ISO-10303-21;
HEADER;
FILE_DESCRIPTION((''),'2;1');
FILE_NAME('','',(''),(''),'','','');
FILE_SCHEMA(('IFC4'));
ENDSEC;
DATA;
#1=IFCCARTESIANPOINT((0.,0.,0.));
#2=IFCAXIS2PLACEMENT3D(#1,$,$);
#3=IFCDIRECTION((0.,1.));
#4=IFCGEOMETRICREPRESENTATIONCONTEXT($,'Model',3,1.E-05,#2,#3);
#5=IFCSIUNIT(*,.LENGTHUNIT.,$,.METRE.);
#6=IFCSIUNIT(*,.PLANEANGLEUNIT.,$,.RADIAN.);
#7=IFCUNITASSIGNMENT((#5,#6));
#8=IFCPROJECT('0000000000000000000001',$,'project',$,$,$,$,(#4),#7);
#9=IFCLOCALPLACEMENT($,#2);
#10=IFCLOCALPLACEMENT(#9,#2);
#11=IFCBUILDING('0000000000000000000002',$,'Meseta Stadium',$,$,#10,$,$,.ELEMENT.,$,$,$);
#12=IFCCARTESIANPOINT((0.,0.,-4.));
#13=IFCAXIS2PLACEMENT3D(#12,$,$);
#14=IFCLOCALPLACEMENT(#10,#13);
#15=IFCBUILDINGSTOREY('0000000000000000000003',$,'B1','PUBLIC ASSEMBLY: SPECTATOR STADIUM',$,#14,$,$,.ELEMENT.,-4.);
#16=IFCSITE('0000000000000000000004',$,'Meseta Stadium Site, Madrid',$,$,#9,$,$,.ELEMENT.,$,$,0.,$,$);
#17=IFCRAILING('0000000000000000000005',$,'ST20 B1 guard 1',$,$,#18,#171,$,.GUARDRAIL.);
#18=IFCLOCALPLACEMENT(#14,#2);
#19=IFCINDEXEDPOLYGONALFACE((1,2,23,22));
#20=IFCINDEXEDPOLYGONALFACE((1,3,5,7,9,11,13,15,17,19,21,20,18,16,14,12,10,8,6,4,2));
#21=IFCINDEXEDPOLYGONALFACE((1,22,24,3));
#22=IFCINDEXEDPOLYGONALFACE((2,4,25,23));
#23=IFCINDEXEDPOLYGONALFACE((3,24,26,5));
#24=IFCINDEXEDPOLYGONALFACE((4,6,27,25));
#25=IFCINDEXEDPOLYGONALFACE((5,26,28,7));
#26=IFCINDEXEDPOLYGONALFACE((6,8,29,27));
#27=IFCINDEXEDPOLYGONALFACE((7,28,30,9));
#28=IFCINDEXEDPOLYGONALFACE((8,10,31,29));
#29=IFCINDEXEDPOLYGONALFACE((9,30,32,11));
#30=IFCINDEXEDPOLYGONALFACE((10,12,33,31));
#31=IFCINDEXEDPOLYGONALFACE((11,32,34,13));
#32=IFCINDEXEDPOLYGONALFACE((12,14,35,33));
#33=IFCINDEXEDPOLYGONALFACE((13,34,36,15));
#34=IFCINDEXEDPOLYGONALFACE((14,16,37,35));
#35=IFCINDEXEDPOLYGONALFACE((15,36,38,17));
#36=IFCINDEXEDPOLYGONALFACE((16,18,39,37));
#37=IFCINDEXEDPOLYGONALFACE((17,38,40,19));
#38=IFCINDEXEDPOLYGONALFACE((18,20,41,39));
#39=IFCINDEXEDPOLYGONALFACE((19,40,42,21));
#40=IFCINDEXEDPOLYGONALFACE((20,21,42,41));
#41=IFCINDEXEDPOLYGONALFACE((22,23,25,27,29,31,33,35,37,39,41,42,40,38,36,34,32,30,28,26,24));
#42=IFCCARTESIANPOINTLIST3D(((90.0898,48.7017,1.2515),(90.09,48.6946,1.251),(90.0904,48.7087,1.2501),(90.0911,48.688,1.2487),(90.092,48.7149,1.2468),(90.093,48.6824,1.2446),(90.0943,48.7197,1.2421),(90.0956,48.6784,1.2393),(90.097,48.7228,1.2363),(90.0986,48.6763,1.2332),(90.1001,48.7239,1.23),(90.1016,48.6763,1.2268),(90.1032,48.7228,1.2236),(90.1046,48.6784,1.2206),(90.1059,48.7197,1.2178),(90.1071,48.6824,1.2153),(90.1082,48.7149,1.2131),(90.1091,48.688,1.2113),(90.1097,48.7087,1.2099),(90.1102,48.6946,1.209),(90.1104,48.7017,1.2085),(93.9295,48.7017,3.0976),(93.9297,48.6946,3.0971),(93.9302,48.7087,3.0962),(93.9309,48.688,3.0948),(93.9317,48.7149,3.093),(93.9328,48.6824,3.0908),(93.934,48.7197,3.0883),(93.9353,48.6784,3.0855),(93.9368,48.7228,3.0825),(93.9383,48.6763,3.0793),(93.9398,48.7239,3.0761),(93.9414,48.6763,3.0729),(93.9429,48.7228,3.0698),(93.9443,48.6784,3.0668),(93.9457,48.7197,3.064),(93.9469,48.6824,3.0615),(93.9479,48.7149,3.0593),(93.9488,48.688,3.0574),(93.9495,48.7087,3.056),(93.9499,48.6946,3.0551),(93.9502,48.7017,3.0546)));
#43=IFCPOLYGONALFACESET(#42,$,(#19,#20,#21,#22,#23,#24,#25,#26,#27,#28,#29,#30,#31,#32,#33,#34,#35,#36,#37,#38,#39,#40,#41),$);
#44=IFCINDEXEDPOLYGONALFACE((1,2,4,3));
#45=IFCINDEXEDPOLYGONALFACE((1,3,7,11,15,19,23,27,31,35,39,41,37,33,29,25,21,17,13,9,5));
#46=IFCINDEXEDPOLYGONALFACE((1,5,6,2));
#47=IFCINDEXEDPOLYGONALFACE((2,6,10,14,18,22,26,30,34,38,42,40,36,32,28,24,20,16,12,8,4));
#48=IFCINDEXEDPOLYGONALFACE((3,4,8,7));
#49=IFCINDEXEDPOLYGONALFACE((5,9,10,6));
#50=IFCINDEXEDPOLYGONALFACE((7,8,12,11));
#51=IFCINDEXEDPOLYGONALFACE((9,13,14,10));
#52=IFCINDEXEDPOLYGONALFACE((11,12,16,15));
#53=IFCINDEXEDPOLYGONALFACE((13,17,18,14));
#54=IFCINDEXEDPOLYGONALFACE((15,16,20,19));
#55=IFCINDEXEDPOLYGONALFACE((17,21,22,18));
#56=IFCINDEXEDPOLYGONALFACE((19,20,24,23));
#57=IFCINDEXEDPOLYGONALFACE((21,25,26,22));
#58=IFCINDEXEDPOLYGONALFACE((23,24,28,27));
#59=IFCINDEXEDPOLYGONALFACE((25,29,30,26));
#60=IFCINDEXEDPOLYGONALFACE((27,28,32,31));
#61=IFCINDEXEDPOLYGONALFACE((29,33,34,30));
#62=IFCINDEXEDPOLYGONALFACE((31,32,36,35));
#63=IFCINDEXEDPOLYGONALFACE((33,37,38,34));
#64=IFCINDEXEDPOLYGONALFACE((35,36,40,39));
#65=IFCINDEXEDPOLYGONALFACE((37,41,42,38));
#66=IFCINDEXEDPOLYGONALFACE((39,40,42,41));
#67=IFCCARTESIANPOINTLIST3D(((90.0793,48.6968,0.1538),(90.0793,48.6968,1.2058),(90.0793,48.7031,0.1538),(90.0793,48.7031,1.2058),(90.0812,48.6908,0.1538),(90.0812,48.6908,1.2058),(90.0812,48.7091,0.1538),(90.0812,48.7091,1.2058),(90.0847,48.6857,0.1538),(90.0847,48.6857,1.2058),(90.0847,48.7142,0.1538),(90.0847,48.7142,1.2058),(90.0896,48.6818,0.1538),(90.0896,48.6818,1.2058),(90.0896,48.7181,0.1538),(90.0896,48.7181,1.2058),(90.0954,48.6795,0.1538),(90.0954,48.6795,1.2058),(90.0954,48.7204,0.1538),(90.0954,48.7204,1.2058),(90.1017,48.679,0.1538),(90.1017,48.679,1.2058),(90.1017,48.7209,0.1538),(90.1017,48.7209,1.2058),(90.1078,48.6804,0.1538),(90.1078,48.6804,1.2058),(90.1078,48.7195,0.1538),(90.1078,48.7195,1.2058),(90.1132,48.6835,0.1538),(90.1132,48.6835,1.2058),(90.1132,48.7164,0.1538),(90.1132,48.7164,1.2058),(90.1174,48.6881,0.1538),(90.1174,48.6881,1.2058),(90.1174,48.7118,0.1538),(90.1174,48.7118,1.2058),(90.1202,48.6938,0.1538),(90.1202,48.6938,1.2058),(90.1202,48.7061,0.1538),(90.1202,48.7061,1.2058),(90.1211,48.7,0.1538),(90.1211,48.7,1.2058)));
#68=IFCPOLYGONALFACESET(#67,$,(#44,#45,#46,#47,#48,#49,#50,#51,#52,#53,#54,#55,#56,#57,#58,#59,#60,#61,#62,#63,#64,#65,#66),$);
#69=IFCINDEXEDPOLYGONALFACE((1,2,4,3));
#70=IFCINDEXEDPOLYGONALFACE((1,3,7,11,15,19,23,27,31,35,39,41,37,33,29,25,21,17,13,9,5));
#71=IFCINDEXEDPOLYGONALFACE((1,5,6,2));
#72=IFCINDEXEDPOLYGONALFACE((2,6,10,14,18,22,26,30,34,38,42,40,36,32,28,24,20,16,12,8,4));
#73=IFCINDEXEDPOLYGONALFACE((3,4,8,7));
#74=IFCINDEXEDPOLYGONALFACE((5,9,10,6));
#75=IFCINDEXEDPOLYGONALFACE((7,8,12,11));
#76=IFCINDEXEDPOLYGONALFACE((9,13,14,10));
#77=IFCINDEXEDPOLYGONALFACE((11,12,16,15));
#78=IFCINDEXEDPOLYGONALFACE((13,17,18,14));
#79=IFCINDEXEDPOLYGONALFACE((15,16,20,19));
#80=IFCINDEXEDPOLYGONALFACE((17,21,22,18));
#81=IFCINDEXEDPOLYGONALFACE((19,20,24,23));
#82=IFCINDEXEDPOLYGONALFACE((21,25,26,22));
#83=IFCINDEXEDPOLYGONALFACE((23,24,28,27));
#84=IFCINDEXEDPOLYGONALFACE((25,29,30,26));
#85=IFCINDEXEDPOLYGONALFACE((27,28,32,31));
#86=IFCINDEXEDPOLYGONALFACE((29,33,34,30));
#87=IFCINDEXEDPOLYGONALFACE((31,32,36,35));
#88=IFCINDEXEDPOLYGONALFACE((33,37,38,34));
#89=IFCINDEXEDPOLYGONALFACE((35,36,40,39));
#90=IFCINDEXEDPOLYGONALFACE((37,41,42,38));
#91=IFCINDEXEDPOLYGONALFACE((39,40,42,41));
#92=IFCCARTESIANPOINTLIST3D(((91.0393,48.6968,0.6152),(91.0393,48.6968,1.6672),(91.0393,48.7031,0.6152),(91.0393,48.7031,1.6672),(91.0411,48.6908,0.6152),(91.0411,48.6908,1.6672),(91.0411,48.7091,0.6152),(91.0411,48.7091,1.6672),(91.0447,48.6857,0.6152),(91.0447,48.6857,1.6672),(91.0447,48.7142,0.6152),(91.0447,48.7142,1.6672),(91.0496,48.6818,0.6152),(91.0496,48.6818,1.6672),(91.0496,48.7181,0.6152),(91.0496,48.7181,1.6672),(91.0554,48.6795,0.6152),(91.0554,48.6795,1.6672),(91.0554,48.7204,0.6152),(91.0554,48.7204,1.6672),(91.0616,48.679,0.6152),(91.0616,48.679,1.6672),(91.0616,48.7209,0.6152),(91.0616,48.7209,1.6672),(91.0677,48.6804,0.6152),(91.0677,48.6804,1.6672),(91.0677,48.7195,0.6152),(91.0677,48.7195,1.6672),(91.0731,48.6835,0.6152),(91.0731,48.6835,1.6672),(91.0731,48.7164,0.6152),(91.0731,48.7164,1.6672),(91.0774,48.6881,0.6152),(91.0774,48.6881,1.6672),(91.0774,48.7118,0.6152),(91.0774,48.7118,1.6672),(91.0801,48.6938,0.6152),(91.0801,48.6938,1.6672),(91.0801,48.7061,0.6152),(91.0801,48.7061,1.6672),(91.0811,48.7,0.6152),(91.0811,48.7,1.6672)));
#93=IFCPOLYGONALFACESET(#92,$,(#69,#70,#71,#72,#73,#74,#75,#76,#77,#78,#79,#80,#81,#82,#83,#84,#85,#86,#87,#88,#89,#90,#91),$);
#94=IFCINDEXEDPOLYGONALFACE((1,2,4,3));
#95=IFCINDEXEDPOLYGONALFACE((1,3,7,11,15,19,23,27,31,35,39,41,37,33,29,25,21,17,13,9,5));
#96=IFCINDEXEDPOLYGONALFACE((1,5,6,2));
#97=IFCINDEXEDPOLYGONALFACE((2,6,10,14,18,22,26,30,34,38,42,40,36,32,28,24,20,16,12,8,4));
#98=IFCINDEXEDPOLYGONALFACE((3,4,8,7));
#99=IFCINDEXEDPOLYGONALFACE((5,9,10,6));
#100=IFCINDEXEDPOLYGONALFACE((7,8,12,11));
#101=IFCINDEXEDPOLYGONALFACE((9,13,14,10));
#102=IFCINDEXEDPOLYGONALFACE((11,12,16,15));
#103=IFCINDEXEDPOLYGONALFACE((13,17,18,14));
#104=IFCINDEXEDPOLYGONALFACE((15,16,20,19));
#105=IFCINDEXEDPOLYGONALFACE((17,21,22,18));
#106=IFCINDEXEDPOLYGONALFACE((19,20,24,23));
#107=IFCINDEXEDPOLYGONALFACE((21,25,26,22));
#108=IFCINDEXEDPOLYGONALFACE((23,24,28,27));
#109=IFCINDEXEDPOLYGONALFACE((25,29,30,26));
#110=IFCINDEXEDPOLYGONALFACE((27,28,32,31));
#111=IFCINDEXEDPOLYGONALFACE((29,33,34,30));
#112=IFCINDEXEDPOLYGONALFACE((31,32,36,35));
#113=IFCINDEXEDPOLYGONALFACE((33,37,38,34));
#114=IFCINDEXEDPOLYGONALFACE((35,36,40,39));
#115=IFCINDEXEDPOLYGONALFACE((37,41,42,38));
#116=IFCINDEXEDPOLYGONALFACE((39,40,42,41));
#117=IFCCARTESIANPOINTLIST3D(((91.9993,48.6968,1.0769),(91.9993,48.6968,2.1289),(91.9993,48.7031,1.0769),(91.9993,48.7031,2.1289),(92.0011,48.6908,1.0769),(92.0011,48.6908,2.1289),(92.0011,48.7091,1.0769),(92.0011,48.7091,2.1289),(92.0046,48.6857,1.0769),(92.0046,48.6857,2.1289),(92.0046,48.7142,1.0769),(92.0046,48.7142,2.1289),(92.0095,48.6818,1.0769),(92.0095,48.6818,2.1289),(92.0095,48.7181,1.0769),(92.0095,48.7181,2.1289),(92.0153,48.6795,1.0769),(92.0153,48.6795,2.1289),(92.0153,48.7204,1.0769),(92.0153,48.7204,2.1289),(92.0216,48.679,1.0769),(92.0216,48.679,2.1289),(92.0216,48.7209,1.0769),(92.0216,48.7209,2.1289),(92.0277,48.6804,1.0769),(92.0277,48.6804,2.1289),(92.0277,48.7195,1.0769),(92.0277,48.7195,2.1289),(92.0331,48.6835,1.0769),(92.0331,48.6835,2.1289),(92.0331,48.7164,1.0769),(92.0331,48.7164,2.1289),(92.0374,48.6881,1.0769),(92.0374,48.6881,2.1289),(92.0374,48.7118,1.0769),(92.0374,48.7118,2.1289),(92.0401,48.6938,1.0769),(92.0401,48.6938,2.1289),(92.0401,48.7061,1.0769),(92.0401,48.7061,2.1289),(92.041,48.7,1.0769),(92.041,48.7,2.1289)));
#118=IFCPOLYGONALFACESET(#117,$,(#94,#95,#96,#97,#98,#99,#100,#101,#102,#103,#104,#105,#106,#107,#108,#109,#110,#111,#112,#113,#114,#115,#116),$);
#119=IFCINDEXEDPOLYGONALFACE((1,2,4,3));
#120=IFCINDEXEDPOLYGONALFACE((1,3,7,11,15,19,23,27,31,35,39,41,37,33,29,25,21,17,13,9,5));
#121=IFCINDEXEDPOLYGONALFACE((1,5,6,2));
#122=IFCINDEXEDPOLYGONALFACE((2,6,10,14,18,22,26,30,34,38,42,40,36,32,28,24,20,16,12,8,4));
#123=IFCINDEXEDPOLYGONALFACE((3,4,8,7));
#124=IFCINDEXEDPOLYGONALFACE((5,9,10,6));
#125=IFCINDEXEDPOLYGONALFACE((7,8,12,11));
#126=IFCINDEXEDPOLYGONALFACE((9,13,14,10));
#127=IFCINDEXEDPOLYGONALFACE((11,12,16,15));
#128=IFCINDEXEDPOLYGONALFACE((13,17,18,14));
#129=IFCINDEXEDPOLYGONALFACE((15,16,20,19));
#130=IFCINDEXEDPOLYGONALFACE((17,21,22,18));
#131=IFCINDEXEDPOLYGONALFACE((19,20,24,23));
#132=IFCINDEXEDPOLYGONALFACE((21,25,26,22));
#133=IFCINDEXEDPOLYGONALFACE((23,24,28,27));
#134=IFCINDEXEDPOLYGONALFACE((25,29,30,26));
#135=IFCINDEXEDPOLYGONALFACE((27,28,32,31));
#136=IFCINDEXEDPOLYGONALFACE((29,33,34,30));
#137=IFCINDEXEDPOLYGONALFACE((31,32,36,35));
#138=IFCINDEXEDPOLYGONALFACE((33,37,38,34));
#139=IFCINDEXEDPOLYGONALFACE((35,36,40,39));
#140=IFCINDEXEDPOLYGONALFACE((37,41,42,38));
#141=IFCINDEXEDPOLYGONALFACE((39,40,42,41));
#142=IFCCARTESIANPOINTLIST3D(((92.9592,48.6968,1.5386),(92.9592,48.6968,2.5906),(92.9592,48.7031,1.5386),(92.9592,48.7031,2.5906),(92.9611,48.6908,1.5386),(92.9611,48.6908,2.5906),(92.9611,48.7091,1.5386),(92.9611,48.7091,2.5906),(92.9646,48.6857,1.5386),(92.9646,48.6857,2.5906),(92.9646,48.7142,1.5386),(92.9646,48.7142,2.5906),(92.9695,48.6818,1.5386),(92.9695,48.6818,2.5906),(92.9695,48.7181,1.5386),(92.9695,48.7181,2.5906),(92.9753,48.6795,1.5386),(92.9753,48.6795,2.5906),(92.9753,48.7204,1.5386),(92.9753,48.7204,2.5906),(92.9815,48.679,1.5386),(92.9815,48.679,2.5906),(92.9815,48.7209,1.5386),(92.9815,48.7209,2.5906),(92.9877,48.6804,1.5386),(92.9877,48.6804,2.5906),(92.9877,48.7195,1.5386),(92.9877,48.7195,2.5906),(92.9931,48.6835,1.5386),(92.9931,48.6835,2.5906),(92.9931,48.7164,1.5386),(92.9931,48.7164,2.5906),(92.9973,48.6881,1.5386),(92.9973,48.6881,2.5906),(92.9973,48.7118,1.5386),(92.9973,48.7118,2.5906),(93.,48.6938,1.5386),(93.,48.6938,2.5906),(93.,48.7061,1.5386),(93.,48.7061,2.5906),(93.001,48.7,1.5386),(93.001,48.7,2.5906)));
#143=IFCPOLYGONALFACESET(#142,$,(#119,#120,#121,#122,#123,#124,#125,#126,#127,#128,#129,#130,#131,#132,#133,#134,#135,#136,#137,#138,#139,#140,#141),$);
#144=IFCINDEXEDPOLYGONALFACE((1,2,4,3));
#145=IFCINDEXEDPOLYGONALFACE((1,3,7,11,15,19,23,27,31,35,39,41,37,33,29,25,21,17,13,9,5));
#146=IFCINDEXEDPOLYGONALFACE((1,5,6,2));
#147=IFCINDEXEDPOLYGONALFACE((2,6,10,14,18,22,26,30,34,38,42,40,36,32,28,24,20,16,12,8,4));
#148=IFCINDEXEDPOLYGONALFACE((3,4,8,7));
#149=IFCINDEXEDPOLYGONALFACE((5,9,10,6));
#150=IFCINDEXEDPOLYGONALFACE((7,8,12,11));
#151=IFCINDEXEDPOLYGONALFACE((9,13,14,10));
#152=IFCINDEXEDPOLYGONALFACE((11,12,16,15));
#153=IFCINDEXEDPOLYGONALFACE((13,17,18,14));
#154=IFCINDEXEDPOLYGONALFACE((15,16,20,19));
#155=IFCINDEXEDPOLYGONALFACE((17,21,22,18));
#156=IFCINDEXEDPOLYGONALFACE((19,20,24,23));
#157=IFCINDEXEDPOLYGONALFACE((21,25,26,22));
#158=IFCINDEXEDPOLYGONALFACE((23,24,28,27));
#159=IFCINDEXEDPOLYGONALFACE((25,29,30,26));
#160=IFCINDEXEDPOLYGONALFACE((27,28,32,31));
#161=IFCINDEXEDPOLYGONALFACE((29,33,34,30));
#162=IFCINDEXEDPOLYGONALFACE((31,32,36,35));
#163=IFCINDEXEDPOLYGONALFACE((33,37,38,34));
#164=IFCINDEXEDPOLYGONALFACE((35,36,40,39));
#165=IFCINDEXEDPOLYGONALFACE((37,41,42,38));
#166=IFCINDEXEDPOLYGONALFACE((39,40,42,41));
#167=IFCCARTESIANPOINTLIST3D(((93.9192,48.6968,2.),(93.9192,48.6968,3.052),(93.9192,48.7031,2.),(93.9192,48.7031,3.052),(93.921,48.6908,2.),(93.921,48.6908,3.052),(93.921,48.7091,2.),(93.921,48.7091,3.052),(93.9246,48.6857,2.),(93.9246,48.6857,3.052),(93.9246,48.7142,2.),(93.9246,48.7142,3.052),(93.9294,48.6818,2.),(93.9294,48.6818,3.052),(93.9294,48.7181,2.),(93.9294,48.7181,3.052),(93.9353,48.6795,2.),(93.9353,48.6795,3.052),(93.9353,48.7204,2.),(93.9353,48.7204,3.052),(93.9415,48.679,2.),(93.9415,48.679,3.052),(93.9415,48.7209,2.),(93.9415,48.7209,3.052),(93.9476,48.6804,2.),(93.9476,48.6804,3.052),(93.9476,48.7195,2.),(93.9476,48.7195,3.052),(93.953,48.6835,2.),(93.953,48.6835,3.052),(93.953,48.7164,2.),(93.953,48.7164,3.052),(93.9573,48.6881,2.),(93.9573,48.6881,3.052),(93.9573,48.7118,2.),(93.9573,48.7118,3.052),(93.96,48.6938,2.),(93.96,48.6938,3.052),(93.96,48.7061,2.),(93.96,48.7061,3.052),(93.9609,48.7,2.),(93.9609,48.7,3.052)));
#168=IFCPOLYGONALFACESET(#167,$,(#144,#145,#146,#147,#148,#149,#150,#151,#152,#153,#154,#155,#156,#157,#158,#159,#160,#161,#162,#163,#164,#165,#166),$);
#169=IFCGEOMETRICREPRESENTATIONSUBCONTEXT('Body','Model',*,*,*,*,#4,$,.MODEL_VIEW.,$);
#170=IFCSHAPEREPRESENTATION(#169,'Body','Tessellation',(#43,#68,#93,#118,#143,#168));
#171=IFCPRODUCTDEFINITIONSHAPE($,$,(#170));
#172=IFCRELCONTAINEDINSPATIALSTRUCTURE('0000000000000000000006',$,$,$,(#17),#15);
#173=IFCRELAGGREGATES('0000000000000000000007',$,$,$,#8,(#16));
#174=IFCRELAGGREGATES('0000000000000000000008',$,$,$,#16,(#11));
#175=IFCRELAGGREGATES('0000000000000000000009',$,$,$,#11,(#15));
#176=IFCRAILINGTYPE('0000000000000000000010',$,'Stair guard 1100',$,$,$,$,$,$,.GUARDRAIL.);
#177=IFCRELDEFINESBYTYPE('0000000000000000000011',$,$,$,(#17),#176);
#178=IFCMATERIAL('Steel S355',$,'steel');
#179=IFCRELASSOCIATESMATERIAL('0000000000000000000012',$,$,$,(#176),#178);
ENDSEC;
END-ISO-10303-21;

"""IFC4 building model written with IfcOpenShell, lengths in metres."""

from ifc_helpers import new_model, si_unit, direction, frame, origin, origin_2d, place, context, subcontext, project, spatial, circle, extrude, material, type_object, element, save


model = new_model("IFC4")

# Units and contexts
model_context = context("Model", 3, precision=1e-05, world=origin(), true_north=direction((0.0, 1.0)))
body_context = subcontext(model_context, "Body", "Model", "MODEL_VIEW")
ifc_project = project(units=[si_unit("LENGTHUNIT", "METRE"), si_unit("PLANEANGLEUNIT", "RADIAN")], contexts=[model_context])

# Site, building, storey
site_placement = place(None, origin())
site = spatial("IfcSite", under=ifc_project, at=site_placement, Name="Meseta Stadium Site, Madrid", CompositionType="ELEMENT", RefElevation=0.0)
building_placement = place(site_placement, origin())
building = spatial("IfcBuilding", under=site, at=building_placement, Name="Meseta Stadium", CompositionType="ELEMENT")
storey_placement = place(building_placement, frame((0.0, 0.0, -4.0)))
storey = spatial("IfcBuildingStorey", under=building, at=storey_placement, Name="B1", Description="PUBLIC ASSEMBLY: SPECTATOR STADIUM", CompositionType="ELEMENT", Elevation=-4.0)

# Railing
ifc_material_1 = material(Name="Steel S355", Category="steel")
railing_type_1 = type_object("IfcRailingType", Name="Stair guard 1100", PredefinedType="GUARDRAIL", material=ifc_material_1)
railing_1_placement = place(storey_placement, frame((90.1001, 48.7, 0.1538)))
element("IfcRailing", 1, at=railing_1_placement, inside=storey, type_object=railing_type_1, Name="ST20 B1 guard 1", PredefinedType="GUARDRAIL", context=body_context, shape_type="SweptSolid", body=[
    extrude(circle(Radius=0.0239, at=origin_2d()), frame((0.0, 0.0, 1.0762), z_axis=(0.901242, 0.0, 0.433316), x_axis=(0.0, 1.0, 0.0)), (0.0, 0.0, 1.0), 4.2605),
    extrude(circle(Radius=0.021, at=origin_2d()), origin(), (0.0, 0.0, 1.0), 1.052),
    extrude(circle(Radius=0.021, at=origin_2d()), frame((0.96, 0.0, 0.4614)), (0.0, 0.0, 1.0), 1.052),
    extrude(circle(Radius=0.021, at=origin_2d()), frame((1.9199, 0.0, 0.9231)), (0.0, 0.0, 1.0), 1.052),
    extrude(circle(Radius=0.021, at=origin_2d()), frame((2.8799, 0.0, 1.3848)), (0.0, 0.0, 1.0), 1.052),
    extrude(circle(Radius=0.021, at=origin_2d()), frame((3.8398, 0.0, 1.8462)), (0.0, 0.0, 1.0), 1.052),
])

save(model, "model.ifc")
